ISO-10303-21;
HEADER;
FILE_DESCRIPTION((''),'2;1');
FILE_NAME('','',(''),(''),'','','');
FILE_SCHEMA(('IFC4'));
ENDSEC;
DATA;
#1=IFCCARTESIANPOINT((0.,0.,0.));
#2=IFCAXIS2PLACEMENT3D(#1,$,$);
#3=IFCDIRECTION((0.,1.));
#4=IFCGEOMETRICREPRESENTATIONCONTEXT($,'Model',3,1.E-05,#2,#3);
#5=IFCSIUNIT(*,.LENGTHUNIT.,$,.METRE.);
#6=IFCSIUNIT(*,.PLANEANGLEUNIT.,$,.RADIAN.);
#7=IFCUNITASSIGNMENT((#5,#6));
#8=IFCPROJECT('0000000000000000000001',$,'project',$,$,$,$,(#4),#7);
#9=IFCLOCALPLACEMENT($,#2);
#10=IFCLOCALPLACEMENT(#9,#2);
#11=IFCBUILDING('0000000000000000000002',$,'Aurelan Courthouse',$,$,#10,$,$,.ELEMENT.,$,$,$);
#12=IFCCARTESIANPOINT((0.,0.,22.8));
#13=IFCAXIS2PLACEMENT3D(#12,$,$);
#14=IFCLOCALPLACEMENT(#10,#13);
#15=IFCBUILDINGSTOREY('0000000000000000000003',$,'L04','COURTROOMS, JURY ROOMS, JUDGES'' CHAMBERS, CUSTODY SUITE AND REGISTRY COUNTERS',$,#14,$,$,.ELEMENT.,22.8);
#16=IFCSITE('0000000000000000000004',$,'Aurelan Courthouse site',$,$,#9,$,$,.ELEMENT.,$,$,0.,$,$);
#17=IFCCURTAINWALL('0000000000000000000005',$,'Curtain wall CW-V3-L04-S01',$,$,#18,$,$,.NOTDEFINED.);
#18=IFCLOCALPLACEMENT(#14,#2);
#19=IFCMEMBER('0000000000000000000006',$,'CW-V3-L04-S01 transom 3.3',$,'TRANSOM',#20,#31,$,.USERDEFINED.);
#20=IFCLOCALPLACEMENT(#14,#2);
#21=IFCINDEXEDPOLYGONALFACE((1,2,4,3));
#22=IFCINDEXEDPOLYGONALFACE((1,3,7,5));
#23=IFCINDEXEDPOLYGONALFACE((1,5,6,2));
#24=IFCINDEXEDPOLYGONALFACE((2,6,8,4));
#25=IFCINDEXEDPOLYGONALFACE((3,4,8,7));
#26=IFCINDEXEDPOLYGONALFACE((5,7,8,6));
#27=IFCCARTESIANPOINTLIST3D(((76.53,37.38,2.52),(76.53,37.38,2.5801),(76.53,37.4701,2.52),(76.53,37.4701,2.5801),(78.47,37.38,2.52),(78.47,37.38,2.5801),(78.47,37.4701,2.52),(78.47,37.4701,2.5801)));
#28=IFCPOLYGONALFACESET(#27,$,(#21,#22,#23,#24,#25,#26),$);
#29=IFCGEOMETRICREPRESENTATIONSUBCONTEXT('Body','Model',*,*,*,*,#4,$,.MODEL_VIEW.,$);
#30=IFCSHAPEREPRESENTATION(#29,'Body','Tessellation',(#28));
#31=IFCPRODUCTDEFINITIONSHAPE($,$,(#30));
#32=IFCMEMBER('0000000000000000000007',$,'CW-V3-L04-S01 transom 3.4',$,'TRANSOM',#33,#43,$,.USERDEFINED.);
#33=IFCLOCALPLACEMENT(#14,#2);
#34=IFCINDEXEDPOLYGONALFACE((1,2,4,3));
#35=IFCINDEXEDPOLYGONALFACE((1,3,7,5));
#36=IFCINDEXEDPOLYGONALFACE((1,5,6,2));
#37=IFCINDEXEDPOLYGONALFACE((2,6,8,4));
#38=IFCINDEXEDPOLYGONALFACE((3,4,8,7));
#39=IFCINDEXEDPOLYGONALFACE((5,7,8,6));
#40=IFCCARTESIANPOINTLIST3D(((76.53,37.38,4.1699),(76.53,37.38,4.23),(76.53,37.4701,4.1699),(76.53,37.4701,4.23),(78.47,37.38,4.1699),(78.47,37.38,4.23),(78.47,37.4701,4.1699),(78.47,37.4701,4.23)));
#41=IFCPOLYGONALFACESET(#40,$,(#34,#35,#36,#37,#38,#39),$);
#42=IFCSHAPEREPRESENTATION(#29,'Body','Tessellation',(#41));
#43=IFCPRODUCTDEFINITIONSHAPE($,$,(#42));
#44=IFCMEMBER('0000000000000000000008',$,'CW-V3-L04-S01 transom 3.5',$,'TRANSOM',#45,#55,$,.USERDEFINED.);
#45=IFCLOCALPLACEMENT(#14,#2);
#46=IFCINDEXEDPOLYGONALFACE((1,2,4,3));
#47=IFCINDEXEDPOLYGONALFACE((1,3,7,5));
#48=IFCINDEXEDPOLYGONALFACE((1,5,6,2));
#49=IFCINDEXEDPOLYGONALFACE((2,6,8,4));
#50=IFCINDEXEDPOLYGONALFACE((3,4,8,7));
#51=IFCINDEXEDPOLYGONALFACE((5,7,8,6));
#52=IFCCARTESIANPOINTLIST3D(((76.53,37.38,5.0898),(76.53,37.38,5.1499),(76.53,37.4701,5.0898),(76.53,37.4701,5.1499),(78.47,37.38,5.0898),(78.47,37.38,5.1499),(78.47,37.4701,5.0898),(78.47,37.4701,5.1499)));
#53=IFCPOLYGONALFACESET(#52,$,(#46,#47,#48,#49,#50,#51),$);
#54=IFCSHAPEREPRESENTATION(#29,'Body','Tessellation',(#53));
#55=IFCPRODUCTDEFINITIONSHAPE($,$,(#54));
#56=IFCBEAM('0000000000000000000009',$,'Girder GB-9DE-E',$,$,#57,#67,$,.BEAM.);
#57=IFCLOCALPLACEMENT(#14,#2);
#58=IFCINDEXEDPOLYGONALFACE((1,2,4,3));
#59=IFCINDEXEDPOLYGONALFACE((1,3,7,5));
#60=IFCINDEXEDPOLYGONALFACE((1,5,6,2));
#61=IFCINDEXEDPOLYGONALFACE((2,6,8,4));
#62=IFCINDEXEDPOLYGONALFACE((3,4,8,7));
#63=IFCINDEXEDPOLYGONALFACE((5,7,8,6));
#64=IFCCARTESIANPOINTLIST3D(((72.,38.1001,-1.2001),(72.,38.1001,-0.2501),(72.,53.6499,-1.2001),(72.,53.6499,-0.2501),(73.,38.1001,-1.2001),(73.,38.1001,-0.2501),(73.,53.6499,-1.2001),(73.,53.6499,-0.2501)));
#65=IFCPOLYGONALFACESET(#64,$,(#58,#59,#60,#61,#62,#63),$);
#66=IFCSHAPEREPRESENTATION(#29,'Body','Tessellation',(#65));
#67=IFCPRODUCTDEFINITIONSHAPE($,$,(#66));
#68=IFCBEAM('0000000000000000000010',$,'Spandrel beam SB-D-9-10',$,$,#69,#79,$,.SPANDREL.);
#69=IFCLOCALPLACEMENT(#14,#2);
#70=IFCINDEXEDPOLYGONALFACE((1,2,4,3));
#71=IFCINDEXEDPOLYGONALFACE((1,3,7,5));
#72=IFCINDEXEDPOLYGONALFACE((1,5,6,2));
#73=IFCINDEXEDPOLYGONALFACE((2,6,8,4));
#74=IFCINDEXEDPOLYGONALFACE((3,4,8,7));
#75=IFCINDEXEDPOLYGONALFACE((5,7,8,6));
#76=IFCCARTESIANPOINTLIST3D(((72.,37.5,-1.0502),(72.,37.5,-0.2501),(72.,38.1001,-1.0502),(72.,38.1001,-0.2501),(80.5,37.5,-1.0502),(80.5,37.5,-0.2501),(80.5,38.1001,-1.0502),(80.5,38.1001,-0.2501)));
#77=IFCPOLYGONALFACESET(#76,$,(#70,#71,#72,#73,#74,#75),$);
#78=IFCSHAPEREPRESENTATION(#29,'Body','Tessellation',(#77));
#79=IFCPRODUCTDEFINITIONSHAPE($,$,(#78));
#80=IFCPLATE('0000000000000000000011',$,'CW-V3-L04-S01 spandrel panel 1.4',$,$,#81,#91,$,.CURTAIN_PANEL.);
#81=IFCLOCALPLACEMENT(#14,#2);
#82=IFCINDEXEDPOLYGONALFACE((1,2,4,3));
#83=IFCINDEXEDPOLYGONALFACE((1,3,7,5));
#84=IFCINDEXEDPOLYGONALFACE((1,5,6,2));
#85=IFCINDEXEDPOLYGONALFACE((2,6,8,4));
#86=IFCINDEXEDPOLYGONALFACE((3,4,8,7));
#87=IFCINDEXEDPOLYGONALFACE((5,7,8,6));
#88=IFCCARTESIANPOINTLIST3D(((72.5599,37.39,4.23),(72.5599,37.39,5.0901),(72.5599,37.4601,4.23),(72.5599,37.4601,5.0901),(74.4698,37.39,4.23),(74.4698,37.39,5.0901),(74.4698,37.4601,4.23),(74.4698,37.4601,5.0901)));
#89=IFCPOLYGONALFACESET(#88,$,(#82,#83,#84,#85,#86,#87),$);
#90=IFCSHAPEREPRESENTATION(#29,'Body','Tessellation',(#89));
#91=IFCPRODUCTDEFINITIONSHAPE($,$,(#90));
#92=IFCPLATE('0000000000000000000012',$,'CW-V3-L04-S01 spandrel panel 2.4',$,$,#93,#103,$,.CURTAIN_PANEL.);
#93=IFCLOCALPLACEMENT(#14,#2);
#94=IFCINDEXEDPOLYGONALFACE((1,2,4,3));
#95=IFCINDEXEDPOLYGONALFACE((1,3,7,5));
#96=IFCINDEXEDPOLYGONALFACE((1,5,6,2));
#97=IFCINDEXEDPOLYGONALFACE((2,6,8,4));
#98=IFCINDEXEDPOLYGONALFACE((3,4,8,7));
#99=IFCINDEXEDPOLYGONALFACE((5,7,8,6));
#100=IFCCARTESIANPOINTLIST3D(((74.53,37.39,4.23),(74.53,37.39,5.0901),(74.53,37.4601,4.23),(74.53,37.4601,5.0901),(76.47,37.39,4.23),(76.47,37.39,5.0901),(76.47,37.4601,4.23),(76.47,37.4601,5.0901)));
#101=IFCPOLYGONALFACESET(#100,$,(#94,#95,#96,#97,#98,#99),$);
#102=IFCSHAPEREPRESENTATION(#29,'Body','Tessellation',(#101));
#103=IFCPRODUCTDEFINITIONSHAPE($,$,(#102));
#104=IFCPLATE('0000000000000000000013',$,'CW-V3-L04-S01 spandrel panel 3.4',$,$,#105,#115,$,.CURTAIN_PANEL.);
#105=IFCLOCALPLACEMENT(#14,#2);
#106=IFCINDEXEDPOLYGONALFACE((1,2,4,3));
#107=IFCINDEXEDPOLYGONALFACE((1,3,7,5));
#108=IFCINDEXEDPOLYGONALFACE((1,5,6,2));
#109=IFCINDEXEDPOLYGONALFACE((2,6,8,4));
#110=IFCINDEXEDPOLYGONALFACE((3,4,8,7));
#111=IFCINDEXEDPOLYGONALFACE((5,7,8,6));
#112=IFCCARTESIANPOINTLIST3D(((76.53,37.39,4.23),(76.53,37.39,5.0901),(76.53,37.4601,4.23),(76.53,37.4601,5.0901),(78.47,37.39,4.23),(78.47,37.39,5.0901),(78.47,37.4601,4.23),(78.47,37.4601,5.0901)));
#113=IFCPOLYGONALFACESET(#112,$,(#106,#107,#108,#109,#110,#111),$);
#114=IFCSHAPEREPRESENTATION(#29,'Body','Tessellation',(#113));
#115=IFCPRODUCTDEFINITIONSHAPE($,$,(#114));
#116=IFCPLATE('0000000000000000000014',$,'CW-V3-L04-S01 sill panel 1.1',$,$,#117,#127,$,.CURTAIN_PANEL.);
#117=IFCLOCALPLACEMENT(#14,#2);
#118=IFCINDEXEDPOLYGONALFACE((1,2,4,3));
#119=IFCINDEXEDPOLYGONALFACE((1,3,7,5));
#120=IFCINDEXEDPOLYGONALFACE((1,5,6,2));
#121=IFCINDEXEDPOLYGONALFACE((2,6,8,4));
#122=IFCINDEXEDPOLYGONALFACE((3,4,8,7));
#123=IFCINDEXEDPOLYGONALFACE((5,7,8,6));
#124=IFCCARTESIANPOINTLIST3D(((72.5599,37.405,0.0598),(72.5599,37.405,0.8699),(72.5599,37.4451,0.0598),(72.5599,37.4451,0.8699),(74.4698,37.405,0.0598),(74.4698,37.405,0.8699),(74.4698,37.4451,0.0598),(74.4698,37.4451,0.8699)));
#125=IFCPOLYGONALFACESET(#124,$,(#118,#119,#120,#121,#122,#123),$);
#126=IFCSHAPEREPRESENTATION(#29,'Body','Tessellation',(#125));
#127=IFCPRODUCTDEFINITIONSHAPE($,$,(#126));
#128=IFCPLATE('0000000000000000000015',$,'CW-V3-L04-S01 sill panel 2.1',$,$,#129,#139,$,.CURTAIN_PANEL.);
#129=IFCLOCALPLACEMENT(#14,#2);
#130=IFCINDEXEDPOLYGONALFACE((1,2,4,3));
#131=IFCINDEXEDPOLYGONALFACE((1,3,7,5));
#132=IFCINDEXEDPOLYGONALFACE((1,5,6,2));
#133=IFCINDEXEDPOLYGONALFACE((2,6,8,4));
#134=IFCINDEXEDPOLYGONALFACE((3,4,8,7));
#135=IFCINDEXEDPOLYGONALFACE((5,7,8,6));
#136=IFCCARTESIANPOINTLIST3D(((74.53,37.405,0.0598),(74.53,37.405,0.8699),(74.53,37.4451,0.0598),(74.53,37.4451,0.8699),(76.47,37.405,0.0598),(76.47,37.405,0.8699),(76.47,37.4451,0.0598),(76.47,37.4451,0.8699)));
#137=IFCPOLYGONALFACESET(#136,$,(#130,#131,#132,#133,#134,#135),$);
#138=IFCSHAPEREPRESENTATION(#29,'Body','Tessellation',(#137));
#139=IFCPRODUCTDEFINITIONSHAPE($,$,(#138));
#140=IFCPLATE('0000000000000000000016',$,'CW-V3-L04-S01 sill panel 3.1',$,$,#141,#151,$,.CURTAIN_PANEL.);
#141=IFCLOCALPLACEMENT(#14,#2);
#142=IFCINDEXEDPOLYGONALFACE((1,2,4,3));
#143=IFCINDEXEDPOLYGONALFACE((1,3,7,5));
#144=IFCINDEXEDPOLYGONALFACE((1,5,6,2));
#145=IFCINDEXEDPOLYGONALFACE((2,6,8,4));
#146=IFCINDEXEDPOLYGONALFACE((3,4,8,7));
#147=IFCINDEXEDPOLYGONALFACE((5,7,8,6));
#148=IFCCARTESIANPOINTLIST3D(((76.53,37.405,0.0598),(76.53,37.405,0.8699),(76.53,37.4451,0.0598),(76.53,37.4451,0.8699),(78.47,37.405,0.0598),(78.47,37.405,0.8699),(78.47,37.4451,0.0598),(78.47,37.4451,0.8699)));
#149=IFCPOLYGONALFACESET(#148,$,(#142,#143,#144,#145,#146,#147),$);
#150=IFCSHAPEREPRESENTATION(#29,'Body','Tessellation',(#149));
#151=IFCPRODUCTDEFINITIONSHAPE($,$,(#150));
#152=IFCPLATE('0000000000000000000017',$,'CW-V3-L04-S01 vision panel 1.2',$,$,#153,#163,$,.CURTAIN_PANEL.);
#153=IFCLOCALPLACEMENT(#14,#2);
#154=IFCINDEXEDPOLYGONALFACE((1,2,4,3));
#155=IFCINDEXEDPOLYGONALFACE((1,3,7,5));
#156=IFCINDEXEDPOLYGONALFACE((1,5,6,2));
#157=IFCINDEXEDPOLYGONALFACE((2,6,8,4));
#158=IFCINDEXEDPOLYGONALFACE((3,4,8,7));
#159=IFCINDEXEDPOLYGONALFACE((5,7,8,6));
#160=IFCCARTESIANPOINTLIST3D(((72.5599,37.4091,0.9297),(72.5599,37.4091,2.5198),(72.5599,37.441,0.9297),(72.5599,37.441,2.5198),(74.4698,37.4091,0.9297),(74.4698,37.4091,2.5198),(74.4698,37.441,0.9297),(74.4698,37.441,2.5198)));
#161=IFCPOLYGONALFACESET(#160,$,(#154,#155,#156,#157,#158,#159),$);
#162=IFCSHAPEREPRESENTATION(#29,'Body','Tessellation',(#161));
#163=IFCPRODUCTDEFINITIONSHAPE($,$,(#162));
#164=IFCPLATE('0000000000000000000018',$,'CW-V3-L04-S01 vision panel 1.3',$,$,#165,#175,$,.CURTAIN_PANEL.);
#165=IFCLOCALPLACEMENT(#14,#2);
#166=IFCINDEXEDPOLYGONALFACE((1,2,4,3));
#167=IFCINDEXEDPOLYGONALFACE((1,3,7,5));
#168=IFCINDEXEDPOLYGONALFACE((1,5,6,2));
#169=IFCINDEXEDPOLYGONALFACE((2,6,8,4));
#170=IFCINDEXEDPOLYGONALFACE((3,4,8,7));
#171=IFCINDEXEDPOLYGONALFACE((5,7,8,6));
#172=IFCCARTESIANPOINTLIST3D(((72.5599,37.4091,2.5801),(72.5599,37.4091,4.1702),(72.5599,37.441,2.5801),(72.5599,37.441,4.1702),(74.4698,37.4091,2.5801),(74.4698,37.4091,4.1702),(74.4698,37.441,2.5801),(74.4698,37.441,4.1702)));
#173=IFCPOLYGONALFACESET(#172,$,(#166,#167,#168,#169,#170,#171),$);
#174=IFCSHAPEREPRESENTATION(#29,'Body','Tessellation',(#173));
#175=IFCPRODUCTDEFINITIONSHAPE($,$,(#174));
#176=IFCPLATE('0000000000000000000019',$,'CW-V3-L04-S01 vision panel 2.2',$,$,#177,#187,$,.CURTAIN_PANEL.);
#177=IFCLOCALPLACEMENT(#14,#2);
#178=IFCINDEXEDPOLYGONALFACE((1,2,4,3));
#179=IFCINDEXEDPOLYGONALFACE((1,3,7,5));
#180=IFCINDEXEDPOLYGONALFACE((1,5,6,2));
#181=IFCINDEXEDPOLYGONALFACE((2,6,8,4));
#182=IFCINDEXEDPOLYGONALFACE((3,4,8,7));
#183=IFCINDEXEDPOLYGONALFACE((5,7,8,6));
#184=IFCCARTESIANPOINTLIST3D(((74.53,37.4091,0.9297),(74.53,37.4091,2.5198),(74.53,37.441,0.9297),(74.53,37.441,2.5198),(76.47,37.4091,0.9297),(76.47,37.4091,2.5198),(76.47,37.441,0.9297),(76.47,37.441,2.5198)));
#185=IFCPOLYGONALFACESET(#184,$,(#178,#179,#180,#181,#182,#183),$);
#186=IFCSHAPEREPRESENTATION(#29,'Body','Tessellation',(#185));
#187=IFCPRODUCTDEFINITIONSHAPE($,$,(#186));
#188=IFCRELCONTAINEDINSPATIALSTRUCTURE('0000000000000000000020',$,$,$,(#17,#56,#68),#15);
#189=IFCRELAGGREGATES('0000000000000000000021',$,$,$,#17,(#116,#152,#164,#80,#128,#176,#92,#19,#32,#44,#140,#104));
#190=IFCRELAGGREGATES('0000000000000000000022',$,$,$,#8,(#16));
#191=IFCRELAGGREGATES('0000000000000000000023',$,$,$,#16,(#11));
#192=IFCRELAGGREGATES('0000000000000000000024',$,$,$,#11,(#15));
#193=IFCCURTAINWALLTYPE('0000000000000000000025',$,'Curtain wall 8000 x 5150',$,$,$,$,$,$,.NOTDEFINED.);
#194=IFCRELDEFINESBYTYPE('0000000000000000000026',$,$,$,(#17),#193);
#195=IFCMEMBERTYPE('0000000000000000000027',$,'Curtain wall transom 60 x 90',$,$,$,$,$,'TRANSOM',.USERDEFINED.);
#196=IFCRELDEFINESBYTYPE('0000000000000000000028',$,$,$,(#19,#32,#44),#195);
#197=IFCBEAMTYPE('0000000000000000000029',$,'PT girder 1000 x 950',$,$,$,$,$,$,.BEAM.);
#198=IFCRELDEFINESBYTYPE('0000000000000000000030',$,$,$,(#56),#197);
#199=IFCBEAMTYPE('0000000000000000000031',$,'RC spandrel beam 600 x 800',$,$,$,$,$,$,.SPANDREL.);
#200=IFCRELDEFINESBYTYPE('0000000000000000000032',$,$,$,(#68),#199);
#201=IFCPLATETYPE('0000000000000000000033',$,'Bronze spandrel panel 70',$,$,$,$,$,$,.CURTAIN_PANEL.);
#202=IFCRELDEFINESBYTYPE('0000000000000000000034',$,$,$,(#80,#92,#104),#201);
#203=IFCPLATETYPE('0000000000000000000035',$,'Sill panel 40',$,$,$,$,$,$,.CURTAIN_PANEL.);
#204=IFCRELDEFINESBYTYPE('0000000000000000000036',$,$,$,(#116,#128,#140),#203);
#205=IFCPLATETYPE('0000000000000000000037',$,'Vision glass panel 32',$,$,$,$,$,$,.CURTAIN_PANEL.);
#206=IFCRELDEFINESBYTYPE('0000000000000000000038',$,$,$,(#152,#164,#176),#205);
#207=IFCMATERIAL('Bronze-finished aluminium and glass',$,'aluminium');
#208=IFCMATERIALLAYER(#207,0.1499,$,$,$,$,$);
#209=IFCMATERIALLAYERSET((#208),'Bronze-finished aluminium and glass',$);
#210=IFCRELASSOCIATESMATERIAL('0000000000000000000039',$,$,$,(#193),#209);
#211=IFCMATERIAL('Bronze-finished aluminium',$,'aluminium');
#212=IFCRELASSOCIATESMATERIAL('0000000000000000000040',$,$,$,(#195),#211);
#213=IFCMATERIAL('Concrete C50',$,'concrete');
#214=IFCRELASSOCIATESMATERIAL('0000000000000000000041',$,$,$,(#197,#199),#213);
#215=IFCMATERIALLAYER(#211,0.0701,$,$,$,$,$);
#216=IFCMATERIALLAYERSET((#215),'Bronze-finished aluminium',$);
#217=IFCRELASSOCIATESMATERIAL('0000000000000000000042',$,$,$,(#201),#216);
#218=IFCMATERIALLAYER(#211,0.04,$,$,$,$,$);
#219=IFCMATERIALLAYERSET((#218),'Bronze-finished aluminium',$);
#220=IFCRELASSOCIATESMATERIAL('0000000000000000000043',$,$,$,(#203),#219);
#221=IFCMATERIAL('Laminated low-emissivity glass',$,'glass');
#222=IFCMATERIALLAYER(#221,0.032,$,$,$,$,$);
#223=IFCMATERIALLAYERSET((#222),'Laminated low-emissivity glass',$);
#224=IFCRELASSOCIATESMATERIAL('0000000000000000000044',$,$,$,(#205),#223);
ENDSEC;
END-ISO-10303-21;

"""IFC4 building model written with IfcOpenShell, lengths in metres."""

from ifc_helpers import new_model, si_unit, direction, frame, origin, origin_2d, place, context, subcontext, project, spatial, rectangle, extrude, material, layer, layer_set, material_profile, profile_set, type_object, element, aggregate, save


model = new_model("IFC4")

# Units and contexts
model_context = context("Model", 3, precision=1e-05, world=origin(), true_north=direction((0.0, 1.0)))
body_context = subcontext(model_context, "Body", "Model", "MODEL_VIEW")
ifc_project = project(units=[si_unit("LENGTHUNIT", "METRE"), si_unit("PLANEANGLEUNIT", "RADIAN")], contexts=[model_context])

# Site, building, storey
site_placement = place(None, origin())
site = spatial("IfcSite", under=ifc_project, at=site_placement, Name="Aurelan Courthouse site", CompositionType="ELEMENT", RefElevation=0.0)
building_placement = place(site_placement, origin())
building = spatial("IfcBuilding", under=site, at=building_placement, Name="Aurelan Courthouse", CompositionType="ELEMENT")
storey_placement = place(building_placement, frame((0.0, 0.0, 22.8)))
storey = spatial("IfcBuildingStorey", under=building, at=storey_placement, Name="L04", Description="COURTROOMS, JURY ROOMS, JUDGES' CHAMBERS, CUSTODY SUITE AND REGISTRY COUNTERS", CompositionType="ELEMENT", Elevation=22.8)

# Curtain wall, members
ifc_material_1 = material(Name="Bronze-finished aluminium and glass", Category="aluminium")
ifc_layer_1 = layer(ifc_material_1, 0.1499)
ifc_layer_set_1 = layer_set([ifc_layer_1], Name="Bronze-finished aluminium and glass")
curtain_wall_type = type_object("IfcCurtainWallType", Name="Curtain wall 8000 x 5150", PredefinedType="NOTDEFINED", material=ifc_layer_set_1)
curtain_wall_placement = place(storey_placement, origin())
curtain_wall = element("IfcCurtainWall", 1, at=curtain_wall_placement, inside=storey, type_object=curtain_wall_type, Name="Curtain wall CW-V3-L04-S01", PredefinedType="NOTDEFINED")
ifc_material_2 = material(Name="Bronze-finished aluminium", Category="aluminium")
ifc_material_profile_1 = material_profile(ifc_material_2, rectangle(XDim=0.0901, YDim=0.0601, at=origin_2d()), Name="Bronze transom 60 x 90")
ifc_profile_set_1 = profile_set([ifc_material_profile_1], Name="Bronze-finished aluminium")
member_type_1 = type_object("IfcMemberType", Name="Curtain wall transom 60 x 90", ElementType="TRANSOM", PredefinedType="USERDEFINED", material=ifc_profile_set_1)
member_1_placement = place(storey_placement, frame((76.53, 37.425, 2.55), z_axis=(1.0, 0.0, 0.0), x_axis=(0.0, 1.0, 0.0)))
member_1 = element("IfcMember", 2, at=member_1_placement, type_object=member_type_1, Name="CW-V3-L04-S01 transom 3.3", ObjectType="TRANSOM", PredefinedType="USERDEFINED", context=body_context, shape_type="SweptSolid", body=[
    extrude(rectangle(XDim=0.0901, YDim=0.0601, at=origin_2d()), origin(), (0.0, 0.0, 1.0), 1.9399),
])
member_2_placement = place(storey_placement, frame((76.53, 37.425, 4.2), z_axis=(1.0, 0.0, 0.0), x_axis=(0.0, 1.0, 0.0)))
member_2 = element("IfcMember", 3, at=member_2_placement, type_object=member_type_1, Name="CW-V3-L04-S01 transom 3.4", ObjectType="TRANSOM", PredefinedType="USERDEFINED", context=body_context, shape_type="SweptSolid", body=[
    extrude(rectangle(XDim=0.0901, YDim=0.0601, at=origin_2d()), origin(), (0.0, 0.0, 1.0), 1.9399),
])
member_3_placement = place(storey_placement, frame((76.53, 37.425, 5.1199), z_axis=(1.0, 0.0, 0.0), x_axis=(0.0, 1.0, 0.0)))
member_3 = element("IfcMember", 4, at=member_3_placement, type_object=member_type_1, Name="CW-V3-L04-S01 transom 3.5", ObjectType="TRANSOM", PredefinedType="USERDEFINED", context=body_context, shape_type="SweptSolid", body=[
    extrude(rectangle(XDim=0.0901, YDim=0.0601, at=origin_2d()), origin(), (0.0, 0.0, 1.0), 1.9399),
])

# Beams
ifc_material_3 = material(Name="Concrete C50", Category="concrete")
ifc_material_profile_2 = material_profile(ifc_material_3, rectangle(XDim=1.0, YDim=0.95, at=origin_2d()), Name="RC 1000 x 950")
ifc_profile_set_2 = profile_set([ifc_material_profile_2], Name="Concrete C50")
beam_type_1 = type_object("IfcBeamType", Name="PT girder 1000 x 950", PredefinedType="BEAM", material=ifc_profile_set_2)
beam_1_placement = place(storey_placement, frame((72.5, 38.1001, -0.7251), z_axis=(0.0, 1.0, 0.0), x_axis=(-1.0, 0.0, 0.0)))
element("IfcBeam", 5, at=beam_1_placement, inside=storey, type_object=beam_type_1, Name="Girder GB-9DE-E", PredefinedType="BEAM", context=body_context, shape_type="SweptSolid", body=[
    extrude(rectangle(XDim=1.0, YDim=0.95, at=origin_2d()), origin(), (0.0, 0.0, 1.0), 15.5498),
])
ifc_material_profile_3 = material_profile(ifc_material_3, rectangle(XDim=0.6001, YDim=0.8, at=origin_2d()), Name="RC 600 x 800")
ifc_profile_set_3 = profile_set([ifc_material_profile_3], Name="Concrete C50")
beam_type_2 = type_object("IfcBeamType", Name="RC spandrel beam 600 x 800", PredefinedType="SPANDREL", material=ifc_profile_set_3)
beam_2_placement = place(storey_placement, frame((72.0, 37.8, -0.6501), z_axis=(1.0, 0.0, 0.0), x_axis=(0.0, 1.0, 0.0)))
element("IfcBeam", 6, at=beam_2_placement, inside=storey, type_object=beam_type_2, Name="Spandrel beam SB-D-9-10", PredefinedType="SPANDREL", context=body_context, shape_type="SweptSolid", body=[
    extrude(rectangle(XDim=0.6001, YDim=0.8, at=origin_2d()), origin(), (0.0, 0.0, 1.0), 8.5),
])

# Plates
ifc_layer_2 = layer(ifc_material_2, 0.0701)
ifc_layer_set_2 = layer_set([ifc_layer_2], Name="Bronze-finished aluminium")
plate_type_1 = type_object("IfcPlateType", Name="Bronze spandrel panel 70", PredefinedType="CURTAIN_PANEL", material=ifc_layer_set_2)
plate_1_placement = place(storey_placement, frame((73.5149, 37.425, 4.23), z_axis=(0.0, 0.0, 1.0), x_axis=(1.0, 0.0, 0.0)))
plate_1 = element("IfcPlate", 7, at=plate_1_placement, type_object=plate_type_1, Name="CW-V3-L04-S01 spandrel panel 1.4", PredefinedType="CURTAIN_PANEL", context=body_context, shape_type="SweptSolid", body=[
    extrude(rectangle(XDim=1.9099, YDim=0.0701, at=origin_2d()), origin(), (0.0, 0.0, 1.0), 0.8601),
])
plate_2_placement = place(storey_placement, frame((75.5, 37.425, 4.23), z_axis=(0.0, 0.0, 1.0), x_axis=(1.0, 0.0, 0.0)))
plate_2 = element("IfcPlate", 8, at=plate_2_placement, type_object=plate_type_1, Name="CW-V3-L04-S01 spandrel panel 2.4", PredefinedType="CURTAIN_PANEL", context=body_context, shape_type="SweptSolid", body=[
    extrude(rectangle(XDim=1.9399, YDim=0.0701, at=origin_2d()), origin(), (0.0, 0.0, 1.0), 0.8601),
])
plate_3_placement = place(storey_placement, frame((77.5, 37.425, 4.23), z_axis=(0.0, 0.0, 1.0), x_axis=(1.0, 0.0, 0.0)))
plate_3 = element("IfcPlate", 9, at=plate_3_placement, type_object=plate_type_1, Name="CW-V3-L04-S01 spandrel panel 3.4", PredefinedType="CURTAIN_PANEL", context=body_context, shape_type="SweptSolid", body=[
    extrude(rectangle(XDim=1.9399, YDim=0.0701, at=origin_2d()), origin(), (0.0, 0.0, 1.0), 0.8601),
])
ifc_layer_3 = layer(ifc_material_2, 0.04)
ifc_layer_set_3 = layer_set([ifc_layer_3], Name="Bronze-finished aluminium")
plate_type_2 = type_object("IfcPlateType", Name="Sill panel 40", PredefinedType="CURTAIN_PANEL", material=ifc_layer_set_3)
plate_4_placement = place(storey_placement, frame((73.5149, 37.425, 0.0598), z_axis=(0.0, 0.0, 1.0), x_axis=(1.0, 0.0, 0.0)))
plate_4 = element("IfcPlate", 10, at=plate_4_placement, type_object=plate_type_2, Name="CW-V3-L04-S01 sill panel 1.1", PredefinedType="CURTAIN_PANEL", context=body_context, shape_type="SweptSolid", body=[
    extrude(rectangle(XDim=1.9099, YDim=0.04, at=origin_2d()), origin(), (0.0, 0.0, 1.0), 0.8101),
])
plate_5_placement = place(storey_placement, frame((75.5, 37.425, 0.0598), z_axis=(0.0, 0.0, 1.0), x_axis=(1.0, 0.0, 0.0)))
plate_5 = element("IfcPlate", 11, at=plate_5_placement, type_object=plate_type_2, Name="CW-V3-L04-S01 sill panel 2.1", PredefinedType="CURTAIN_PANEL", context=body_context, shape_type="SweptSolid", body=[
    extrude(rectangle(XDim=1.9399, YDim=0.04, at=origin_2d()), origin(), (0.0, 0.0, 1.0), 0.8101),
])
plate_6_placement = place(storey_placement, frame((77.5, 37.425, 0.0598), z_axis=(0.0, 0.0, 1.0), x_axis=(1.0, 0.0, 0.0)))
plate_6 = element("IfcPlate", 12, at=plate_6_placement, type_object=plate_type_2, Name="CW-V3-L04-S01 sill panel 3.1", PredefinedType="CURTAIN_PANEL", context=body_context, shape_type="SweptSolid", body=[
    extrude(rectangle(XDim=1.9399, YDim=0.04, at=origin_2d()), origin(), (0.0, 0.0, 1.0), 0.8101),
])
ifc_material_4 = material(Name="Laminated low-emissivity glass", Category="glass")
ifc_layer_4 = layer(ifc_material_4, 0.032)
ifc_layer_set_4 = layer_set([ifc_layer_4], Name="Laminated low-emissivity glass")
plate_type_3 = type_object("IfcPlateType", Name="Vision glass panel 32", PredefinedType="CURTAIN_PANEL", material=ifc_layer_set_4)
plate_7_placement = place(storey_placement, frame((73.5149, 37.425, 0.9297), z_axis=(0.0, 0.0, 1.0), x_axis=(1.0, 0.0, 0.0)))
plate_7 = element("IfcPlate", 13, at=plate_7_placement, type_object=plate_type_3, Name="CW-V3-L04-S01 vision panel 1.2", PredefinedType="CURTAIN_PANEL", context=body_context, shape_type="SweptSolid", body=[
    extrude(rectangle(XDim=1.9099, YDim=0.032, at=origin_2d()), origin(), (0.0, 0.0, 1.0), 1.5901),
])
plate_8_placement = place(storey_placement, frame((73.5149, 37.425, 2.5801), z_axis=(0.0, 0.0, 1.0), x_axis=(1.0, 0.0, 0.0)))
plate_8 = element("IfcPlate", 14, at=plate_8_placement, type_object=plate_type_3, Name="CW-V3-L04-S01 vision panel 1.3", PredefinedType="CURTAIN_PANEL", context=body_context, shape_type="SweptSolid", body=[
    extrude(rectangle(XDim=1.9099, YDim=0.032, at=origin_2d()), origin(), (0.0, 0.0, 1.0), 1.5901),
])
plate_9_placement = place(storey_placement, frame((75.5, 37.425, 0.9297), z_axis=(0.0, 0.0, 1.0), x_axis=(1.0, 0.0, 0.0)))
plate_9 = element("IfcPlate", 15, at=plate_9_placement, type_object=plate_type_3, Name="CW-V3-L04-S01 vision panel 2.2", PredefinedType="CURTAIN_PANEL", context=body_context, shape_type="SweptSolid", body=[
    extrude(rectangle(XDim=1.9399, YDim=0.032, at=origin_2d()), origin(), (0.0, 0.0, 1.0), 1.5901),
])
aggregate(curtain_wall, [plate_4, plate_7, plate_8, plate_1, plate_5, plate_9, plate_2, member_1, member_2, member_3, plate_6, plate_3])

save(model, "model.ifc")
